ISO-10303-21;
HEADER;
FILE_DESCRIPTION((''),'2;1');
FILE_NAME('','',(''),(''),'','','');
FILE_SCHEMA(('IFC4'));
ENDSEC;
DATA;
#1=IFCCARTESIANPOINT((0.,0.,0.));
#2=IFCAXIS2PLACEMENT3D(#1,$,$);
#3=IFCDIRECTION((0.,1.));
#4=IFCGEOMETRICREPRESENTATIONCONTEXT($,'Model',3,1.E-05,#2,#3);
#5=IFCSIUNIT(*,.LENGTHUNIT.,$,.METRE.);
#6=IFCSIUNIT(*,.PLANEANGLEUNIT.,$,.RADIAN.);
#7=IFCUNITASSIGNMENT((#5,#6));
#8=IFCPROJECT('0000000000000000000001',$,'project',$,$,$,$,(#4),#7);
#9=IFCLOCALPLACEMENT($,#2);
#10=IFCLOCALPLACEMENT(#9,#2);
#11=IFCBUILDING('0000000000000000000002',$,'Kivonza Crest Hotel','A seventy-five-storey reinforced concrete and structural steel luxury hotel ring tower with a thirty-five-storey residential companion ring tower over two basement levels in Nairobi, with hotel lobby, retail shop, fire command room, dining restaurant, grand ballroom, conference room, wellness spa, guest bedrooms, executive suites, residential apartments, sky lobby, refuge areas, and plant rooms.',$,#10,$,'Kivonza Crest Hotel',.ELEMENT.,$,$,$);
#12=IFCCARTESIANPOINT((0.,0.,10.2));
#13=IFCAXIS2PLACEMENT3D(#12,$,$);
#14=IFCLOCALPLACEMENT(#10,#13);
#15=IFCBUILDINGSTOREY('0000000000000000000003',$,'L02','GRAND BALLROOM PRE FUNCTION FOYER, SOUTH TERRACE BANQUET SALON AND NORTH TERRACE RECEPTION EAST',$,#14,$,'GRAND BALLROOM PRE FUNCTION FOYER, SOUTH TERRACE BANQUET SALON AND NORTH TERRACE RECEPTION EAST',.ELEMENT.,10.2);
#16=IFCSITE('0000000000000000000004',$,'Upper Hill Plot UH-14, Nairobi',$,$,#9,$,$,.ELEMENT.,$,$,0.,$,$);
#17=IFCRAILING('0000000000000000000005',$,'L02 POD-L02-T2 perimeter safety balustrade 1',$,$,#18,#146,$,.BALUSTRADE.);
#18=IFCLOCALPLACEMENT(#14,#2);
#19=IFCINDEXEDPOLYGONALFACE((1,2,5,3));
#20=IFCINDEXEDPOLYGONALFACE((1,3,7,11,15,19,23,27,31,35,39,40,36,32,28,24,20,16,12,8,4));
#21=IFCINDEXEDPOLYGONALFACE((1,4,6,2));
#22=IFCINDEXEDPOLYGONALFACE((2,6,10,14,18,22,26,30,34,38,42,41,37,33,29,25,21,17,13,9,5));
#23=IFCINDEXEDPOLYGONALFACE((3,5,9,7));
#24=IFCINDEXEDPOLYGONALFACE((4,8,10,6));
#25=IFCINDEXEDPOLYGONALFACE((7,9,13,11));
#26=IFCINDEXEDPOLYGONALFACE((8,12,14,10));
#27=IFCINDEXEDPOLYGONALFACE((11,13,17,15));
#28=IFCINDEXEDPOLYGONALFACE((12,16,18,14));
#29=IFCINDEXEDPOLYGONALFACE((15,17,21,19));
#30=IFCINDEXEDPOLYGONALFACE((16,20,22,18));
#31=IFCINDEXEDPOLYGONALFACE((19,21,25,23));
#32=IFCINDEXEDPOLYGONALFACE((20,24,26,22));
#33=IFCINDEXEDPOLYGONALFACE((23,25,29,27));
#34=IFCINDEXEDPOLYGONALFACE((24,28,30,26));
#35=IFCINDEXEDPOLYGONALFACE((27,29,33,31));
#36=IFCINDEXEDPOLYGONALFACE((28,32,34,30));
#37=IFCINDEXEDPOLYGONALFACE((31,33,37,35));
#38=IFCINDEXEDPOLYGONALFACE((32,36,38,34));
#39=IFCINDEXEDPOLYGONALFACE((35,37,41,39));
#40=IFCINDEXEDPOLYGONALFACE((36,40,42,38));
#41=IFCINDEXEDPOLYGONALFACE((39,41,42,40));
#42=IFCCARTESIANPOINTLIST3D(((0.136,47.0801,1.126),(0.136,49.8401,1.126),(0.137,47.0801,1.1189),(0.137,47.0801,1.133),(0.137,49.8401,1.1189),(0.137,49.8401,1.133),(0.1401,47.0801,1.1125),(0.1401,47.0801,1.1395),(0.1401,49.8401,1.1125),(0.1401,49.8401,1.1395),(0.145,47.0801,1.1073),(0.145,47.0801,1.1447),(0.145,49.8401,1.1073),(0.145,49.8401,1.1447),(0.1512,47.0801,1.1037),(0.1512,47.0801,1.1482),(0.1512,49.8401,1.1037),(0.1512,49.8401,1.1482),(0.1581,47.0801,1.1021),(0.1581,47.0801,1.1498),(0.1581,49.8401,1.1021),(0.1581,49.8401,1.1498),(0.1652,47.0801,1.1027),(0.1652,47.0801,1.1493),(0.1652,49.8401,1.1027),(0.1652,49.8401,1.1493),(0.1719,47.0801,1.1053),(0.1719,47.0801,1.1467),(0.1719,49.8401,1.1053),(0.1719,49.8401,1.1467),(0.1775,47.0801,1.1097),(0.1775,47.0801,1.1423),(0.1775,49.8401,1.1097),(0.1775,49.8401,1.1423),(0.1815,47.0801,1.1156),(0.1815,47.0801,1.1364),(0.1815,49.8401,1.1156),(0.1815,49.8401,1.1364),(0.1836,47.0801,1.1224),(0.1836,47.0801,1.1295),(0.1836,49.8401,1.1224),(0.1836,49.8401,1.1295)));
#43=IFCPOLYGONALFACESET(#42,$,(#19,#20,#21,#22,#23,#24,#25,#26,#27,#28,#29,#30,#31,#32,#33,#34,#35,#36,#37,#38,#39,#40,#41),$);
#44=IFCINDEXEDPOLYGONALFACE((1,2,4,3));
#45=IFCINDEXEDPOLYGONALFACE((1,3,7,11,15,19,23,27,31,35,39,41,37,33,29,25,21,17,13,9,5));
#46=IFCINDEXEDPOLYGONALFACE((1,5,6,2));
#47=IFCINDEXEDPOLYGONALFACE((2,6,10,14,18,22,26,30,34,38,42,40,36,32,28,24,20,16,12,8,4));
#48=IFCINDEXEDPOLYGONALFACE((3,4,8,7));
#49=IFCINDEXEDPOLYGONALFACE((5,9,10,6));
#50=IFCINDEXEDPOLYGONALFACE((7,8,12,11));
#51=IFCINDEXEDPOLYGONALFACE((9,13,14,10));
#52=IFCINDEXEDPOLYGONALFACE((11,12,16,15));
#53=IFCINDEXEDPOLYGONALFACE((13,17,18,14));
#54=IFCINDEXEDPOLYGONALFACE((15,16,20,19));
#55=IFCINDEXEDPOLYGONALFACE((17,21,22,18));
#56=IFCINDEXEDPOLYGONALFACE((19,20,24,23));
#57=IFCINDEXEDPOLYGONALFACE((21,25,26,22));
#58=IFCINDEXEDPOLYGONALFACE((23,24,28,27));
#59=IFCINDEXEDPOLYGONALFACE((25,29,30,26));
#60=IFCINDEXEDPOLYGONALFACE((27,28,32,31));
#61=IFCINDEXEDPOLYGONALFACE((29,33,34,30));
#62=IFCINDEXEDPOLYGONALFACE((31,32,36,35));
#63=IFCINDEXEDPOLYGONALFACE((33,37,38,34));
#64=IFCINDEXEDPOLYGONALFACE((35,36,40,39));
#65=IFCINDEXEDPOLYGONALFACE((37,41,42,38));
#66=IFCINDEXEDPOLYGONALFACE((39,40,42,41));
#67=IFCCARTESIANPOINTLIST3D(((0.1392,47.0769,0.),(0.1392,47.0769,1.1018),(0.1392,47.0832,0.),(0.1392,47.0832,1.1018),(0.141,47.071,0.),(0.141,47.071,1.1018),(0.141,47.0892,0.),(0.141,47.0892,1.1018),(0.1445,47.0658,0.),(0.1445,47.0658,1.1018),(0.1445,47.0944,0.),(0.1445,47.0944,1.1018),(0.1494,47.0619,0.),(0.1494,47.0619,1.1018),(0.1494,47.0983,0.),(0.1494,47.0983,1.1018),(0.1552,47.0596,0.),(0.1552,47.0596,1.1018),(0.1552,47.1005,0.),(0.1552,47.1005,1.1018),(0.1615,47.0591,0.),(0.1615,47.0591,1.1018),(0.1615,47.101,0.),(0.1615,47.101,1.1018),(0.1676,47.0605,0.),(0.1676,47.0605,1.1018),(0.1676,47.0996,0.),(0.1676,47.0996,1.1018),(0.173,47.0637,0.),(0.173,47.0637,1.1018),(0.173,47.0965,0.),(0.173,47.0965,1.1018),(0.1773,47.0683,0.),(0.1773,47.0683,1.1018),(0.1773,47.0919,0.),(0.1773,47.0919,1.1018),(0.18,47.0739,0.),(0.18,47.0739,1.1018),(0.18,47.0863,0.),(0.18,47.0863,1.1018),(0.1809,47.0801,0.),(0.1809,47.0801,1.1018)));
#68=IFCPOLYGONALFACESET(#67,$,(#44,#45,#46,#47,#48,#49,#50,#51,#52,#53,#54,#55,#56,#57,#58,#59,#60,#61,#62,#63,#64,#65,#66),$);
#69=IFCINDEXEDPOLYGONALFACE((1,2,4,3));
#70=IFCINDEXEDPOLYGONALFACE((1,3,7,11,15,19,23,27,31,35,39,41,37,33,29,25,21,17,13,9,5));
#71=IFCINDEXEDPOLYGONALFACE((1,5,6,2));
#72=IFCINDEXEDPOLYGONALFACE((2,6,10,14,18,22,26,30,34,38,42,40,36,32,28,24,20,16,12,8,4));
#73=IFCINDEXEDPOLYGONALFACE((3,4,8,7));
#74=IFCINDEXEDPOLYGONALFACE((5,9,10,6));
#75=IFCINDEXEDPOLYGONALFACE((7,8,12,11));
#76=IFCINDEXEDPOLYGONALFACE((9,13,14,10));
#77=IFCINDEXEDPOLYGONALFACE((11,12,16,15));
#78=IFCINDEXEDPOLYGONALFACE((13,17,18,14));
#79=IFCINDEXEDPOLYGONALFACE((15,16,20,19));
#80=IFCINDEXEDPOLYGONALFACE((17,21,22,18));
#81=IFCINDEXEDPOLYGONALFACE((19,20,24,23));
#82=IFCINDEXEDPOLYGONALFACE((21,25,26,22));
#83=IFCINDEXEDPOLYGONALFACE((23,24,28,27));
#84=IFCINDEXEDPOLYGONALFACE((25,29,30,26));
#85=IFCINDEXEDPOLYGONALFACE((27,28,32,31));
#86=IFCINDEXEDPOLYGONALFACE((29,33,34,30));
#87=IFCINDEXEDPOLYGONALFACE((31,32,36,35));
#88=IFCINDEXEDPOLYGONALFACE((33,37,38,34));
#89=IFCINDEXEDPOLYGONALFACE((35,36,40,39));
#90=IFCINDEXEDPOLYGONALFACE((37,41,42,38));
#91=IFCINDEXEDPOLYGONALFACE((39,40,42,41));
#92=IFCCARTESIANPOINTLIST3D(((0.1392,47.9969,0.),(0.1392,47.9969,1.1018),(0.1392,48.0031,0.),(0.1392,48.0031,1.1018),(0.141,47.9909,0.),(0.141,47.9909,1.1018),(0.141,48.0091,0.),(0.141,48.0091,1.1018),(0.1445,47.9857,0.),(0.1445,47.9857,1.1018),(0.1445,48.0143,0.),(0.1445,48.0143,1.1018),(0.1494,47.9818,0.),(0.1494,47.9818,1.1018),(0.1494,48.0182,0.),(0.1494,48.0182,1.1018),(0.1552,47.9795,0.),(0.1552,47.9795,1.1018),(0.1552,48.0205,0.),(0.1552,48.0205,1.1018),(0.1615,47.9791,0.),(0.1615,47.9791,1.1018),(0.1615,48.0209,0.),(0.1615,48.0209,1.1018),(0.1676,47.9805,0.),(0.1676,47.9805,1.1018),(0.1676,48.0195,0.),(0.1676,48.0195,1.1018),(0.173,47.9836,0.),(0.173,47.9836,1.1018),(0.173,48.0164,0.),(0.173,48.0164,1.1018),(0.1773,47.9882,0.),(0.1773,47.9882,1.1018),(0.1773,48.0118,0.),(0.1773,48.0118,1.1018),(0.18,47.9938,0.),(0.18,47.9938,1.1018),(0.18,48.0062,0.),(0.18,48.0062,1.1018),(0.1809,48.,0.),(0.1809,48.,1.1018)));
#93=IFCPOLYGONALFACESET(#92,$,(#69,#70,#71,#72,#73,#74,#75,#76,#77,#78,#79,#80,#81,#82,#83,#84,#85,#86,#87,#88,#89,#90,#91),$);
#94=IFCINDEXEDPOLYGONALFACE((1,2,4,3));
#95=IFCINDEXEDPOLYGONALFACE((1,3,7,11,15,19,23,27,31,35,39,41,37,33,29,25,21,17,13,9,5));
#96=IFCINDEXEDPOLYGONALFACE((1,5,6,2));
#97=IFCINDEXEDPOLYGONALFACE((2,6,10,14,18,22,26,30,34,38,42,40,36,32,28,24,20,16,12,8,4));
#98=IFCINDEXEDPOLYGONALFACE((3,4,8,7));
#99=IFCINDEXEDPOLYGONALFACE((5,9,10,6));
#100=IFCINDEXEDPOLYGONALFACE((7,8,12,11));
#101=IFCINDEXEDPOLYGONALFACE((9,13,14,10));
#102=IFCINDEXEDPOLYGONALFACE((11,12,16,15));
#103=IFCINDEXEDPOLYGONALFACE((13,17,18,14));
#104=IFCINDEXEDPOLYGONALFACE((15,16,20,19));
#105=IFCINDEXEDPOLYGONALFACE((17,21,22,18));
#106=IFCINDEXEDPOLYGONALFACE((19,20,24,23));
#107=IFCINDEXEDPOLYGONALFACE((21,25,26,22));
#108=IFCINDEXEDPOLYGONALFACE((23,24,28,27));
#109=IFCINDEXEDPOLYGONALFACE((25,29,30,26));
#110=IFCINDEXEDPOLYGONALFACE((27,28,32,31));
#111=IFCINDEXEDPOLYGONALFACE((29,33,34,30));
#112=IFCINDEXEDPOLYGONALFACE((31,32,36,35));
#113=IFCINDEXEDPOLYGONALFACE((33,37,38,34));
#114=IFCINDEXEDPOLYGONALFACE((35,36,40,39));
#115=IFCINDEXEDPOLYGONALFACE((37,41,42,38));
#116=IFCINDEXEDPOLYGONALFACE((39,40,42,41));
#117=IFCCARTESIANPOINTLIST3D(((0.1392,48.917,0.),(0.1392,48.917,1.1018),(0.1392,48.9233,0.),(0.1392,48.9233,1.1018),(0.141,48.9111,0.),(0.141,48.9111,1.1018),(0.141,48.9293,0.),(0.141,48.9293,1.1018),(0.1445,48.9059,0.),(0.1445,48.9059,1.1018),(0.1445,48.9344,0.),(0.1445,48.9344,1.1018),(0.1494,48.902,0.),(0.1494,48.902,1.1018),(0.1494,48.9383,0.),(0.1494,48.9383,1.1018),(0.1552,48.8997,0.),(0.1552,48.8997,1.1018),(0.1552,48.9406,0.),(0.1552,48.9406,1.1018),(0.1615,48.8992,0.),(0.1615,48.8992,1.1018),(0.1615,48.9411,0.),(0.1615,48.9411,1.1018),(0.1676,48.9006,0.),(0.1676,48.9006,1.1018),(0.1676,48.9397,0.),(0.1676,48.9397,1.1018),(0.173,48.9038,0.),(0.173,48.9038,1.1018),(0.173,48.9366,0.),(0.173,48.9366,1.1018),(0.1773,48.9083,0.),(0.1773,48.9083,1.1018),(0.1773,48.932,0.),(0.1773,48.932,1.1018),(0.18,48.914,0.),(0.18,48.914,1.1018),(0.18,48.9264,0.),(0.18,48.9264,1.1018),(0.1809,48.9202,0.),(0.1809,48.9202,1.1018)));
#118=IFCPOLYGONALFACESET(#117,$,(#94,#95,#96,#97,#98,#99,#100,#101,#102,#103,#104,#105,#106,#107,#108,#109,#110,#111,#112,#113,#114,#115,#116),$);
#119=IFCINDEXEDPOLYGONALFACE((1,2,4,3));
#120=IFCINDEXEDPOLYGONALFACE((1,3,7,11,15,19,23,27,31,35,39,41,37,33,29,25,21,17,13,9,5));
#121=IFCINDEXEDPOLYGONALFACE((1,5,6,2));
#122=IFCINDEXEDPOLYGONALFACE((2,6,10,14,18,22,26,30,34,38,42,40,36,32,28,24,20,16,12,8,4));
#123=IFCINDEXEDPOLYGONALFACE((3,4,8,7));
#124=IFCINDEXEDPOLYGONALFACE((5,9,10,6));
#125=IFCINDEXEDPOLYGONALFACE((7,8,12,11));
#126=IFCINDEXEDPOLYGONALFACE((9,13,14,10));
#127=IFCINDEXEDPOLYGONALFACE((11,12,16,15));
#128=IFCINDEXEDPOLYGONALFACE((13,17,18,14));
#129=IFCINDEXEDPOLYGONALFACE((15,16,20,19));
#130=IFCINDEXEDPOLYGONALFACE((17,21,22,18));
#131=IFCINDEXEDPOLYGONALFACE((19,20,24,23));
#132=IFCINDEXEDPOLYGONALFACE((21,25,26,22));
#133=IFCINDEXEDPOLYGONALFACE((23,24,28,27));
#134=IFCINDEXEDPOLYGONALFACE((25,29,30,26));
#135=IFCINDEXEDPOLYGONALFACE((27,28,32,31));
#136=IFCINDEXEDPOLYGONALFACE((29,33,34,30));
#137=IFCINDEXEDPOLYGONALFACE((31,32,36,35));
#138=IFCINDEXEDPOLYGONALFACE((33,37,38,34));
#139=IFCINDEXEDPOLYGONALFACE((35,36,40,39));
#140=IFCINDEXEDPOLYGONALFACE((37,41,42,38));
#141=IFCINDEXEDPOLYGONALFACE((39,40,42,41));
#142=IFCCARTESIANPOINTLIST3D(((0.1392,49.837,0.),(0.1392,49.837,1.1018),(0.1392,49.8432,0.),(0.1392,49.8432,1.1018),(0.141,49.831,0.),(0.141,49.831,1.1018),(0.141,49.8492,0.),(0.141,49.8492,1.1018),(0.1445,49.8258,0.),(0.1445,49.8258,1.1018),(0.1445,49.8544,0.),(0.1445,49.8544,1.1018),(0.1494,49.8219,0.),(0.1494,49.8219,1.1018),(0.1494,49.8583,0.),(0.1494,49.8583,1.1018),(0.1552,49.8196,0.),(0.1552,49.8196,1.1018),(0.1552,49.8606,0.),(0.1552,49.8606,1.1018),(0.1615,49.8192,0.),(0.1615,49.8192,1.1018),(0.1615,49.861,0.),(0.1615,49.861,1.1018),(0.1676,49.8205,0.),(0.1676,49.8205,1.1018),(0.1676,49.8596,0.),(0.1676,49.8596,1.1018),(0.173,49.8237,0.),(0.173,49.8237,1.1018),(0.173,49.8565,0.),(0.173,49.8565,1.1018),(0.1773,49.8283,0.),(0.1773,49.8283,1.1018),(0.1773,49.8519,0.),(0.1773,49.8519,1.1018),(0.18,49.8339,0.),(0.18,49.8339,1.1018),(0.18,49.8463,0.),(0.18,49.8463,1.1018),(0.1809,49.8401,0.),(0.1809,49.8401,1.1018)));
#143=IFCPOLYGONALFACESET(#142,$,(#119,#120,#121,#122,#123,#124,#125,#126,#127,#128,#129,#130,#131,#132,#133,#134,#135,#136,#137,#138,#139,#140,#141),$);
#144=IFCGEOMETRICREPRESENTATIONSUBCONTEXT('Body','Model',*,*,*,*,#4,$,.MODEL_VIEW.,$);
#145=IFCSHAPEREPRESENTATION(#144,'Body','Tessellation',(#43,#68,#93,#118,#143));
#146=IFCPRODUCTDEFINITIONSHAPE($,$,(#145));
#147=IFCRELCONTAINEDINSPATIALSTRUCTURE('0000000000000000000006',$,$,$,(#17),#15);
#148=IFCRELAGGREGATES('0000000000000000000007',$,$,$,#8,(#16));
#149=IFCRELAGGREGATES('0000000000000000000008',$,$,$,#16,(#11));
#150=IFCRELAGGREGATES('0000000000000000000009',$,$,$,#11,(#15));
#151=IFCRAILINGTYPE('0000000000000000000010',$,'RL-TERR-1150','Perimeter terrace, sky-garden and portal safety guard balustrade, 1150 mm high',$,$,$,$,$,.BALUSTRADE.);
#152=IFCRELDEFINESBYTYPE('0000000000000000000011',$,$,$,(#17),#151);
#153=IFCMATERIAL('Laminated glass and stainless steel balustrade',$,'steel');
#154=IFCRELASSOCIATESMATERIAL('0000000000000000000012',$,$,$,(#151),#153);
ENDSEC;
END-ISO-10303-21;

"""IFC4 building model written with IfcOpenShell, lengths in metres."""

from ifc_helpers import new_model, si_unit, direction, frame, origin, origin_2d, place, context, subcontext, project, spatial, circle, extrude, material, type_object, element, save


model = new_model("IFC4")

# Units and contexts
model_context = context("Model", 3, precision=1e-05, world=origin(), true_north=direction((0.0, 1.0)))
body_context = subcontext(model_context, "Body", "Model", "MODEL_VIEW")
ifc_project = project(units=[si_unit("LENGTHUNIT", "METRE"), si_unit("PLANEANGLEUNIT", "RADIAN")], contexts=[model_context])

# Site, building, storey
site_placement = place(None, origin())
site = spatial("IfcSite", under=ifc_project, at=site_placement, Name="Upper Hill Plot UH-14, Nairobi", CompositionType="ELEMENT", RefElevation=0.0)
building_placement = place(site_placement, origin())
building = spatial("IfcBuilding", under=site, at=building_placement, Name="Kivonza Crest Hotel", Description="A seventy-five-storey reinforced concrete and structural steel luxury hotel ring tower with a thirty-five-storey residential companion ring tower over two basement levels in Nairobi, with hotel lobby, retail shop, fire command room, dining restaurant, grand ballroom, conference room, wellness spa, guest bedrooms, executive suites, residential apartments, sky lobby, refuge areas, and plant rooms.", LongName="Kivonza Crest Hotel", CompositionType="ELEMENT")
storey_placement = place(building_placement, frame((0.0, 0.0, 10.2)))
storey = spatial("IfcBuildingStorey", under=building, at=storey_placement, Name="L02", Description="GRAND BALLROOM PRE FUNCTION FOYER, SOUTH TERRACE BANQUET SALON AND NORTH TERRACE RECEPTION EAST", LongName="GRAND BALLROOM PRE FUNCTION FOYER, SOUTH TERRACE BANQUET SALON AND NORTH TERRACE RECEPTION EAST", CompositionType="ELEMENT", Elevation=10.2)

# Railing
ifc_material_1 = material(Name="Laminated glass and stainless steel balustrade", Category="steel")
railing_type = type_object("IfcRailingType", Name="RL-TERR-1150", Description="Perimeter terrace, sky-garden and portal safety guard balustrade, 1150 mm high", PredefinedType="BALUSTRADE", material=ifc_material_1)
railing_1_placement = place(storey_placement, frame((0.1599, 47.0801, 0.0)))
element("IfcRailing", 1, at=railing_1_placement, inside=storey, type_object=railing_type, Name="L02 POD-L02-T2 perimeter safety balustrade 1", PredefinedType="BALUSTRADE", context=body_context, shape_type="SweptSolid", body=[
    extrude(circle(Radius=0.0239, at=origin_2d()), frame((0.0, 0.0, 1.126), z_axis=(0.0, 1.0, 0.0), x_axis=(-1.0, 0.0, 0.0)), (0.0, 0.0, 1.0), 2.76),
    extrude(circle(Radius=0.021, at=origin_2d()), origin(), (0.0, 0.0, 1.0), 1.1018),
    extrude(circle(Radius=0.021, at=origin_2d()), frame((0.0, 0.9199, 0.0)), (0.0, 0.0, 1.0), 1.1018),
    extrude(circle(Radius=0.021, at=origin_2d()), frame((0.0, 1.8401, 0.0)), (0.0, 0.0, 1.0), 1.1018),
    extrude(circle(Radius=0.021, at=origin_2d()), frame((0.0, 2.76, 0.0)), (0.0, 0.0, 1.0), 1.1018),
])

save(model, "model.ifc")
